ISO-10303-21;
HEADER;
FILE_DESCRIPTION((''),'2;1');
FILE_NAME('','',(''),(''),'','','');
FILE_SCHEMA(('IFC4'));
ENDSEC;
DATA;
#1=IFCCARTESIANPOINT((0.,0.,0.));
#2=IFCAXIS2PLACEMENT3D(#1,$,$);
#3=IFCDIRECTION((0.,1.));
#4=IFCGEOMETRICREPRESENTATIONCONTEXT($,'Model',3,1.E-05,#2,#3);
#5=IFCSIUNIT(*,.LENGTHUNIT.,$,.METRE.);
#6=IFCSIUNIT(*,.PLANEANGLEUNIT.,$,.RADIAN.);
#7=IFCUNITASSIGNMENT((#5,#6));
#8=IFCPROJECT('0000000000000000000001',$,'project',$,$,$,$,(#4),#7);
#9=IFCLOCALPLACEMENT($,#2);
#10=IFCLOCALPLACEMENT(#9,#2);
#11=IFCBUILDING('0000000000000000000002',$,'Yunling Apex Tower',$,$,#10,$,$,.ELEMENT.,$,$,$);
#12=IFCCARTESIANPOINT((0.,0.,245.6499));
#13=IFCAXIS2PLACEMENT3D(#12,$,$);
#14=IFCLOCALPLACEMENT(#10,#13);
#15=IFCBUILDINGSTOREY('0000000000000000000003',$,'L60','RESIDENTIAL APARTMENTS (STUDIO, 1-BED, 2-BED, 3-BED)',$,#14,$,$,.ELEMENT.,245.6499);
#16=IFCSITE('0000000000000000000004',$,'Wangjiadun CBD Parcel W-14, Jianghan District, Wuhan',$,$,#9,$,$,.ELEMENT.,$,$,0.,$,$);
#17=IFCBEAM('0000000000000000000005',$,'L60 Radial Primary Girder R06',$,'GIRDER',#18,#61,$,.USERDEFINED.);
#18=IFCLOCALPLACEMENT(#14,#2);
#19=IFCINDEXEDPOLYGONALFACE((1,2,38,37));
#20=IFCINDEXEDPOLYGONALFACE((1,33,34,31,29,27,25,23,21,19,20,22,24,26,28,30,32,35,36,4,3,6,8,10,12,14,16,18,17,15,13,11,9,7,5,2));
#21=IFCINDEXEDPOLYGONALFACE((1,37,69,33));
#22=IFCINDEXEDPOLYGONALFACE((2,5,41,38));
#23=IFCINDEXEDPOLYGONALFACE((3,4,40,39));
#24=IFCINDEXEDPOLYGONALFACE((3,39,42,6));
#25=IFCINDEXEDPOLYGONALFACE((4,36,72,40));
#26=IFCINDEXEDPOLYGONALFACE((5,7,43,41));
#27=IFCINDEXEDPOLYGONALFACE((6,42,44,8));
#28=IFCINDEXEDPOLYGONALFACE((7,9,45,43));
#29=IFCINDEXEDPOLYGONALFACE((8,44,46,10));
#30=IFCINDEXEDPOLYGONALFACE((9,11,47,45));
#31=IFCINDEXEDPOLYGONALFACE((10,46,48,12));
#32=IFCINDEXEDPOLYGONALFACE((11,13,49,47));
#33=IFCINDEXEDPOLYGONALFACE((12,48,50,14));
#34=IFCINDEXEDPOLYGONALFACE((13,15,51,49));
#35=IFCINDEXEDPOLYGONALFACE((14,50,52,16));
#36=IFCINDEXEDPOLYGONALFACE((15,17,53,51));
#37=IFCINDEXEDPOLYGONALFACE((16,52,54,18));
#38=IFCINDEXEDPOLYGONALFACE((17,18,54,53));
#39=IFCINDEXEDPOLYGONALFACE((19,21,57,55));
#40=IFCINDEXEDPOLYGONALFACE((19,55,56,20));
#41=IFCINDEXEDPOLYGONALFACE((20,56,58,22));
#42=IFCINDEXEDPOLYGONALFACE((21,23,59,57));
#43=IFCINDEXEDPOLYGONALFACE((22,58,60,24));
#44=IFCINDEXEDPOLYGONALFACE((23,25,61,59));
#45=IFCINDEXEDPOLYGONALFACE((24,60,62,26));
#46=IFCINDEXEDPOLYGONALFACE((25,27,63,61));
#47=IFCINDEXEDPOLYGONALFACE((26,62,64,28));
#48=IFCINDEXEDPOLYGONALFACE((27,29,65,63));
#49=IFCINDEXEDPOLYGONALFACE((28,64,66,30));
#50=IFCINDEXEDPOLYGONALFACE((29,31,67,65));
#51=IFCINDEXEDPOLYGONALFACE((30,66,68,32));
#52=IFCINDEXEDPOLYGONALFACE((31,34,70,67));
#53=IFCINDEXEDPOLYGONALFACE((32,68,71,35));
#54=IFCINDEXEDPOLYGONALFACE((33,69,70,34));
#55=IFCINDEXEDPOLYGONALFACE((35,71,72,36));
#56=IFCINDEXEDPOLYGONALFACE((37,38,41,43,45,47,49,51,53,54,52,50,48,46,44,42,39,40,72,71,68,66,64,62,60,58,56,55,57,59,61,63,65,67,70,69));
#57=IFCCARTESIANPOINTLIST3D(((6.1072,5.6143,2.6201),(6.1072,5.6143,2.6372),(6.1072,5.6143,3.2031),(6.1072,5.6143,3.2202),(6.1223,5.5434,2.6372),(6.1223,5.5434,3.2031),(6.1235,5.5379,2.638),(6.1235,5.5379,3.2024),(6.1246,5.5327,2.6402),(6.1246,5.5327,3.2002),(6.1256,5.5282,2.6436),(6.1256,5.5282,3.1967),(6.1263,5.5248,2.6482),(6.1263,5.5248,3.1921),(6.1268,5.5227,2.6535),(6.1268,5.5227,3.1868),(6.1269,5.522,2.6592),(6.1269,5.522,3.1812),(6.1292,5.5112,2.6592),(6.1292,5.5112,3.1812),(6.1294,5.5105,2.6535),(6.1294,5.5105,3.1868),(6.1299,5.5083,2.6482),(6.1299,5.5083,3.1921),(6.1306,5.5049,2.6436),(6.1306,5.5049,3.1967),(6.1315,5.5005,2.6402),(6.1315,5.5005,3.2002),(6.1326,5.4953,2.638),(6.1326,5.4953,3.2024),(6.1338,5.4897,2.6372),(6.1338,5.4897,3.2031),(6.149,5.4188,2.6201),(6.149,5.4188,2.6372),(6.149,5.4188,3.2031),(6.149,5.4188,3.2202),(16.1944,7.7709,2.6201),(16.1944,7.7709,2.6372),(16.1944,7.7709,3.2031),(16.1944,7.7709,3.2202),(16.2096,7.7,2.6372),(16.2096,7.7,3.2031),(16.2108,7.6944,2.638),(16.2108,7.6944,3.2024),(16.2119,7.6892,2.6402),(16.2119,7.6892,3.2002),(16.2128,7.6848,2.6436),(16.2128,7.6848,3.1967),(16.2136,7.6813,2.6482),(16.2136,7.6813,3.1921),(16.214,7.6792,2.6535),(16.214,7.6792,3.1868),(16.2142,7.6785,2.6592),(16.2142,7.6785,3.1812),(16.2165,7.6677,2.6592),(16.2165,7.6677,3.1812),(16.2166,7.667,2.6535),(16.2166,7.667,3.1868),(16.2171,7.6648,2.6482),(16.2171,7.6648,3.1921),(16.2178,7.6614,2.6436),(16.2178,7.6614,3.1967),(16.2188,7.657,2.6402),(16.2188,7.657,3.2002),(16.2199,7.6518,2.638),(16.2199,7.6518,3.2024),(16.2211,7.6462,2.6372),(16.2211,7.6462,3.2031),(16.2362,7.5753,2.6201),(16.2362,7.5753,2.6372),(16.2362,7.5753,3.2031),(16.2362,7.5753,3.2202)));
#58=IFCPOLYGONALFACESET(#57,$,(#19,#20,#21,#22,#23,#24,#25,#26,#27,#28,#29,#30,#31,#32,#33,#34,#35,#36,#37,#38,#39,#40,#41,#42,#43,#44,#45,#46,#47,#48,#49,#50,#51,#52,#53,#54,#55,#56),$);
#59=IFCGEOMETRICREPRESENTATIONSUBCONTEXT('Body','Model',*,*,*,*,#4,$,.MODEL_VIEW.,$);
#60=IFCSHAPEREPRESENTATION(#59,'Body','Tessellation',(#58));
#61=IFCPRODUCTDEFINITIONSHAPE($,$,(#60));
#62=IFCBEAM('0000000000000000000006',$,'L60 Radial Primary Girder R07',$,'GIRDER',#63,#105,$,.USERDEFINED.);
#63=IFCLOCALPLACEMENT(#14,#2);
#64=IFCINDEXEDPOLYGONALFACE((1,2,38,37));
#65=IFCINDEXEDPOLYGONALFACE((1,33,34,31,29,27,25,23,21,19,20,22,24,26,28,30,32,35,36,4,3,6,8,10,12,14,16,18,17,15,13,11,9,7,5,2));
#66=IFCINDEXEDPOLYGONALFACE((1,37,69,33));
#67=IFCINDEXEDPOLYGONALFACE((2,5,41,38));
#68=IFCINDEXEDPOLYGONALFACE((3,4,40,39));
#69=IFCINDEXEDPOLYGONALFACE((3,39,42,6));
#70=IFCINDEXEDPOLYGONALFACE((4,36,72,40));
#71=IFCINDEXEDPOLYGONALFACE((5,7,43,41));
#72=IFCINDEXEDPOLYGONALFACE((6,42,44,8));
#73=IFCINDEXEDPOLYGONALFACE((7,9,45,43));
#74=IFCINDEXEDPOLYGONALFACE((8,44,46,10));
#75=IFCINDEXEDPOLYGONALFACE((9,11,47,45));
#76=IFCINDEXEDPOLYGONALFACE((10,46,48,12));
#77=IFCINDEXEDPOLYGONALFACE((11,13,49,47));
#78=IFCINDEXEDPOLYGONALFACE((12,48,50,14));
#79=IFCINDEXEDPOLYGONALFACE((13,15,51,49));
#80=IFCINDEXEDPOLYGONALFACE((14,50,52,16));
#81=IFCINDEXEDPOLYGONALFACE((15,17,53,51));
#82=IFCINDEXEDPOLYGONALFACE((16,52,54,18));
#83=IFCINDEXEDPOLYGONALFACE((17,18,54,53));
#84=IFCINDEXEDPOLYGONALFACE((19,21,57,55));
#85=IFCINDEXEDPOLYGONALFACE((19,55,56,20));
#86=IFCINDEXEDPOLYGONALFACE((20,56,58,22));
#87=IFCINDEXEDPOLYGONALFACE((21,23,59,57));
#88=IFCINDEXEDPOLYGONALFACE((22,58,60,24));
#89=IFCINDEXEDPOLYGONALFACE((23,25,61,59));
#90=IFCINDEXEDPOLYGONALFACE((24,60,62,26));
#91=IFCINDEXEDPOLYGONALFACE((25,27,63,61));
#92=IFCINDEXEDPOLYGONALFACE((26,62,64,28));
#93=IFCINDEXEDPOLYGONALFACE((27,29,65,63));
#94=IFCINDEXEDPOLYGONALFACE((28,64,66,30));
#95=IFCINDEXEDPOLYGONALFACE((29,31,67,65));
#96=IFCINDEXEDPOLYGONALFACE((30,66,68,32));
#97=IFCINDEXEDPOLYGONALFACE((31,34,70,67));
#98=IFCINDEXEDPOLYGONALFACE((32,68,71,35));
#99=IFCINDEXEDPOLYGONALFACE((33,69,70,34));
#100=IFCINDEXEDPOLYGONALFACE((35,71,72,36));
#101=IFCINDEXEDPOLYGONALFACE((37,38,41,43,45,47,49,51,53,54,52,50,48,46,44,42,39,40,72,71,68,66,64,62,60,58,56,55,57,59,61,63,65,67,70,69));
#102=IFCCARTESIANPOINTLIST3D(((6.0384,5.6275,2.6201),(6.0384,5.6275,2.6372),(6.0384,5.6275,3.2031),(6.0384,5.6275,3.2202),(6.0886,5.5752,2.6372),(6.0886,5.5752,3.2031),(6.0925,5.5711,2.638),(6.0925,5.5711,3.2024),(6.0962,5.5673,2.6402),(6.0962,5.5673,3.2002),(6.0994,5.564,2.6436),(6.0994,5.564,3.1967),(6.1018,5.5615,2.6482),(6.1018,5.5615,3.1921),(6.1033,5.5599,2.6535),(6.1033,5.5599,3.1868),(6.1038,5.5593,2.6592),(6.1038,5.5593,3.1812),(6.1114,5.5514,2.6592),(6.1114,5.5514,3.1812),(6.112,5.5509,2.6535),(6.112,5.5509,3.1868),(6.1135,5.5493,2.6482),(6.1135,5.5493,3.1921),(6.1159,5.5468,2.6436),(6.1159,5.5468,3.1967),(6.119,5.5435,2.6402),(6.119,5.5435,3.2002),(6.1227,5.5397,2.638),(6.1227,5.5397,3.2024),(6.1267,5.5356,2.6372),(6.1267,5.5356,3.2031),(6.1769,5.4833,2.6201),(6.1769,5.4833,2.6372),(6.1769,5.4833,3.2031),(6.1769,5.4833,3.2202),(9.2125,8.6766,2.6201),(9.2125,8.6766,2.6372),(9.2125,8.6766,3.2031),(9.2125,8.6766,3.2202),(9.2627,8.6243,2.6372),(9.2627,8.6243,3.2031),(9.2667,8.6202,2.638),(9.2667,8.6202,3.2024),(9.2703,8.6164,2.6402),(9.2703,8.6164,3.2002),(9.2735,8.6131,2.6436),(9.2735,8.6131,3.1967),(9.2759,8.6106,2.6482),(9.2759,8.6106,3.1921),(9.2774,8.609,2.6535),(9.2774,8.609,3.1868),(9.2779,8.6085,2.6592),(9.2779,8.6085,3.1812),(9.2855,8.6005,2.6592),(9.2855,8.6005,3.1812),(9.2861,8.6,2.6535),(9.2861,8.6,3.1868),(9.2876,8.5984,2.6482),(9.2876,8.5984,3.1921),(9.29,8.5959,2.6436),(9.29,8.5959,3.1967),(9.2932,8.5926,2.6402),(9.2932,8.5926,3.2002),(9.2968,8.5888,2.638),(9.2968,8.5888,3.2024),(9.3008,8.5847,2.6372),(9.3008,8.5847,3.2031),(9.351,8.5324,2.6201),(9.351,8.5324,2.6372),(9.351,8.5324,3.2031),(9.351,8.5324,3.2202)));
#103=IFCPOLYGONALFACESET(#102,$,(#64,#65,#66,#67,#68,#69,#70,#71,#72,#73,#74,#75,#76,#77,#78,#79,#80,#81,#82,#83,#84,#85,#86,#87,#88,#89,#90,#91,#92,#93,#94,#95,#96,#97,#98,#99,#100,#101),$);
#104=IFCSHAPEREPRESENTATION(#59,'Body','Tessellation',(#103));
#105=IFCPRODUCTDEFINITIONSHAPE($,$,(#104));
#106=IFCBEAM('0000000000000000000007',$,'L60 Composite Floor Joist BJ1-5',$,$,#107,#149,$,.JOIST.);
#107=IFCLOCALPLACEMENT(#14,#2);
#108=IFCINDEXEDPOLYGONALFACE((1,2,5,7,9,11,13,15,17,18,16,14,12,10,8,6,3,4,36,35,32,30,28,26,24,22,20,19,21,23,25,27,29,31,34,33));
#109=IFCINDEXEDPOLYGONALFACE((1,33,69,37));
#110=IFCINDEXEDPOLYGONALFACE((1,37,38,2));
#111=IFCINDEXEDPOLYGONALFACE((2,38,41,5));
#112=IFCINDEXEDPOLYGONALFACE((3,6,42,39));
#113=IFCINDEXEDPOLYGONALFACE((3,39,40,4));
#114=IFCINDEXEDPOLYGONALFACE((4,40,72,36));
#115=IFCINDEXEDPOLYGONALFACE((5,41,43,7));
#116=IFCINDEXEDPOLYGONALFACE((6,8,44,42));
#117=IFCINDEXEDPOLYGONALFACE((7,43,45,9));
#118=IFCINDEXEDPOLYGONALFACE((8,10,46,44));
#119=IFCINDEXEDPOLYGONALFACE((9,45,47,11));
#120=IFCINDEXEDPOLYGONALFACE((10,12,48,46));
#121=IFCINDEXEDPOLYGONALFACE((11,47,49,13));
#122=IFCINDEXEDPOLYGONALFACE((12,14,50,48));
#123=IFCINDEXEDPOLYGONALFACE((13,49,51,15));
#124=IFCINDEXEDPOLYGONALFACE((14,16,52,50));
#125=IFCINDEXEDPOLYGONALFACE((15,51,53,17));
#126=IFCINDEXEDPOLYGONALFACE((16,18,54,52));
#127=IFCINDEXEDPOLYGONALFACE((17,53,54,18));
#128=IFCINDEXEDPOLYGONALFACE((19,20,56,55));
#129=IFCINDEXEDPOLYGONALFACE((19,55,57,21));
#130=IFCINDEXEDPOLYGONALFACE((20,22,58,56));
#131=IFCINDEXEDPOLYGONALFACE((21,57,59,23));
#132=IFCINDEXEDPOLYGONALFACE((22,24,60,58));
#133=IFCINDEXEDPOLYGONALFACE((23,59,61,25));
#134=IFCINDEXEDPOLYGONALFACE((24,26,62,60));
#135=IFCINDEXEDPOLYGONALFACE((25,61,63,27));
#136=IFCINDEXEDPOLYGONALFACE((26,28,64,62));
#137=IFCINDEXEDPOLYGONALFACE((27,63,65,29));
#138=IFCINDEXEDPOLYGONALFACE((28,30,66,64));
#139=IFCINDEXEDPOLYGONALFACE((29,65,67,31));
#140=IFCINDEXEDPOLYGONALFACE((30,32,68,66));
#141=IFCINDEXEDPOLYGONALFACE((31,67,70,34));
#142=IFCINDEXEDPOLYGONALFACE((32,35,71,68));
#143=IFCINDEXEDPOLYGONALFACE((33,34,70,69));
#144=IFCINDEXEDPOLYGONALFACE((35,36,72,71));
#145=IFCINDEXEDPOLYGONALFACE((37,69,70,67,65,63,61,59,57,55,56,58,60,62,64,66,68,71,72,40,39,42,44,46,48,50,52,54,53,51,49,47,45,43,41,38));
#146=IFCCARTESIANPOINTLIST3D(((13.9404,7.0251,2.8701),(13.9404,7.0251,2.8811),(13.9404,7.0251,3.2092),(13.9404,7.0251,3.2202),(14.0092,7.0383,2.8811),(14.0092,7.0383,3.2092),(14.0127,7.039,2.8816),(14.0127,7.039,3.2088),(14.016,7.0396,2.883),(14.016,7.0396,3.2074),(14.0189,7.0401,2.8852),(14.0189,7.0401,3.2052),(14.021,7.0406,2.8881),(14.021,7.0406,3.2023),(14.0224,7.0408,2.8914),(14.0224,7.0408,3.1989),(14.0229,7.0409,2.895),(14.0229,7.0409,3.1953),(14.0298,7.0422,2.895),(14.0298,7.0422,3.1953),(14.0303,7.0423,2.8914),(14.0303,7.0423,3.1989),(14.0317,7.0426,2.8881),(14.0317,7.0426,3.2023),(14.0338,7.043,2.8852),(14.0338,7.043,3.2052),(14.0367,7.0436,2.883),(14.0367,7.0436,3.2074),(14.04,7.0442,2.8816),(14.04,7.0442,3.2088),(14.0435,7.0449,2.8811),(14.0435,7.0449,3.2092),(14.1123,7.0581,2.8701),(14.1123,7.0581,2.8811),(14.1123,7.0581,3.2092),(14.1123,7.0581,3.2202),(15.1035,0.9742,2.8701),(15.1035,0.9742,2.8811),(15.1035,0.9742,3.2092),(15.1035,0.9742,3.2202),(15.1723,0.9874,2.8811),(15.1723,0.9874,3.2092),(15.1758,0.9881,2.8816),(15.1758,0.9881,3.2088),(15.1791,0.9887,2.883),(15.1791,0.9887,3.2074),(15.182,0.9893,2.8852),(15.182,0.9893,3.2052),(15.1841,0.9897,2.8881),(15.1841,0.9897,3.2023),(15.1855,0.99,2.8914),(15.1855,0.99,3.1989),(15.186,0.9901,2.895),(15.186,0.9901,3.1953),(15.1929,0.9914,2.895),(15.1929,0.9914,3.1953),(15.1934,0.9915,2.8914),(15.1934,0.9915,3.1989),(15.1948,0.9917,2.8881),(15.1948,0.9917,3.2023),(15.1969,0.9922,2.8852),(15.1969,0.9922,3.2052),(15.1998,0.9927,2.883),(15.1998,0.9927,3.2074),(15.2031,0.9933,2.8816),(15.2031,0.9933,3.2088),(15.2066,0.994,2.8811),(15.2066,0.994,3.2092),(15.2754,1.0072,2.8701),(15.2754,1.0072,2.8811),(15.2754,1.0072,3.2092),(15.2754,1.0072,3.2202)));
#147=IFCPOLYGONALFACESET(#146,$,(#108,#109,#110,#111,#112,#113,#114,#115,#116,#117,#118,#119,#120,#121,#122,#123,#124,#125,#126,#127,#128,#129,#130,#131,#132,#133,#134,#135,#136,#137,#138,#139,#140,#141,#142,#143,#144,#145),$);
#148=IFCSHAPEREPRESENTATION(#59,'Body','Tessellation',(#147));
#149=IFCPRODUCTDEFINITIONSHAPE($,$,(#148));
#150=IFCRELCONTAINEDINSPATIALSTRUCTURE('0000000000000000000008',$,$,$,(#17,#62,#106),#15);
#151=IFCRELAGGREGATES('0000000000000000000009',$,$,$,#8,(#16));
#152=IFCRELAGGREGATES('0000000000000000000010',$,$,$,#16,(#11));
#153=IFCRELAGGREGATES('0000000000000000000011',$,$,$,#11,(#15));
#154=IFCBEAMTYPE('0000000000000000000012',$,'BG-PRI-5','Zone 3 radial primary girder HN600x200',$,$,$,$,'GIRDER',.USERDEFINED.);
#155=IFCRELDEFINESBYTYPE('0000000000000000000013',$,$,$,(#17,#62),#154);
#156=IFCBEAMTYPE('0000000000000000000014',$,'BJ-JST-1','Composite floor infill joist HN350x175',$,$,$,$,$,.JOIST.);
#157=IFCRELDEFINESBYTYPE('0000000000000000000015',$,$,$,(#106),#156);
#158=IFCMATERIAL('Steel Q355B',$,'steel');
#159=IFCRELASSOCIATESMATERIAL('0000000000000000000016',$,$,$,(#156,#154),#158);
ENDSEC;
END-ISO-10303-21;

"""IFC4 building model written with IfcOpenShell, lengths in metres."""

from ifc_helpers import new_model, si_unit, direction, frame, origin, origin_2d, place, context, subcontext, project, spatial, i_section, extrude, source, transform, mapped, material, material_profile, profile_set, type_object, element, save


model = new_model("IFC4")

# Units and contexts
model_context = context("Model", 3, precision=1e-05, world=origin(), true_north=direction((0.0, 1.0)))
body_context = subcontext(model_context, "Body", "Model", "MODEL_VIEW")
ifc_project = project(units=[si_unit("LENGTHUNIT", "METRE"), si_unit("PLANEANGLEUNIT", "RADIAN")], contexts=[model_context])

# Site, building, storey
site_placement = place(None, origin())
site = spatial("IfcSite", under=ifc_project, at=site_placement, Name="Wangjiadun CBD Parcel W-14, Jianghan District, Wuhan", CompositionType="ELEMENT", RefElevation=0.0)
building_placement = place(site_placement, origin())
building = spatial("IfcBuilding", under=site, at=building_placement, Name="Yunling Apex Tower", CompositionType="ELEMENT")
storey_placement = place(building_placement, frame((0.0, 0.0, 245.6499)))
storey = spatial("IfcBuildingStorey", under=building, at=storey_placement, Name="L60", Description="RESIDENTIAL APARTMENTS (STUDIO, 1-BED, 2-BED, 3-BED)", CompositionType="ELEMENT", Elevation=245.6499)

# Beams
ifc_material_1 = material(Name="Steel Q355B", Category="steel")
ifc_material_profile_1 = material_profile(ifc_material_1, i_section(OverallWidth=0.175, OverallDepth=0.3501, WebThickness=0.0071, FlangeThickness=0.011, FilletRadius=0.0139, at=origin_2d()))
ifc_profile_set_1 = profile_set([ifc_material_profile_1], Name="Steel Q355B")
beam_type_1 = type_object("IfcBeamType", Name="BJ-JST-1", Description="Composite floor infill joist HN350x175", PredefinedType="JOIST", material=ifc_profile_set_1)
ifc_material_profile_2 = material_profile(ifc_material_1, i_section(OverallWidth=0.2, OverallDepth=0.6001, WebThickness=0.011, FlangeThickness=0.0171, FilletRadius=0.022, at=origin_2d()))
ifc_profile_set_2 = profile_set([ifc_material_profile_2], Name="Steel Q355B")
beam_type_2 = type_object("IfcBeamType", Name="BG-PRI-5", Description="Zone 3 radial primary girder HN600x200", ElementType="GIRDER", PredefinedType="USERDEFINED", material=ifc_profile_set_2)
shared_shape_1 = source(origin(), body_context, "Body", "SweptSolid", [
    extrude(i_section(OverallWidth=0.2, OverallDepth=0.6001, WebThickness=0.011, FlangeThickness=0.0171, FilletRadius=0.022, at=origin_2d()), origin(), (0.0, 0.0, 1.0), 10.3152),
])
beam_1_placement = place(storey_placement, frame((16.2153, 7.6731, 2.9202), z_axis=(-0.977902, -0.209062, 0.0), x_axis=(0.209062, -0.977902, 0.0)))
element("IfcBeam", 1, at=beam_1_placement, inside=storey, type_object=beam_type_2, Name="L60 Radial Primary Girder R06", ObjectType="GIRDER", PredefinedType="USERDEFINED", context=body_context, shape_type="MappedRepresentation", body=[
    mapped(shared_shape_1, transform((0.0, 0.0, 0.0), scale=1.0)),
])
shared_shape_2 = source(origin(), body_context, "Body", "SweptSolid", [
    extrude(i_section(OverallWidth=0.2, OverallDepth=0.6001, WebThickness=0.011, FlangeThickness=0.0171, FilletRadius=0.022, at=origin_2d()), origin(), (0.0, 0.0, 1.0), 4.4014),
])
beam_2_placement = place(storey_placement, frame((9.2817, 8.6045, 2.9202), z_axis=(-0.721164, -0.692764, 0.0), x_axis=(0.692764, -0.721164, 0.0)))
element("IfcBeam", 2, at=beam_2_placement, inside=storey, type_object=beam_type_2, Name="L60 Radial Primary Girder R07", ObjectType="GIRDER", PredefinedType="USERDEFINED", context=body_context, shape_type="MappedRepresentation", body=[
    mapped(shared_shape_2, transform((0.0, 0.0, 0.0), scale=1.0)),
])
shared_shape_3 = source(origin(), body_context, "Body", "SweptSolid", [
    extrude(i_section(OverallWidth=0.175, OverallDepth=0.3501, WebThickness=0.0071, FlangeThickness=0.011, FilletRadius=0.0139, at=origin_2d()), origin(), (0.0, 0.0, 1.0), 6.1616),
])
beam_3_placement = place(storey_placement, frame((15.1895, 0.9907, 3.0452), z_axis=(-0.188765, 0.982022, 0.0), x_axis=(-0.982022, -0.188765, 0.0)))
element("IfcBeam", 3, at=beam_3_placement, inside=storey, type_object=beam_type_1, Name="L60 Composite Floor Joist BJ1-5", PredefinedType="JOIST", context=body_context, shape_type="MappedRepresentation", body=[
    mapped(shared_shape_3, transform((0.0, 0.0, 0.0), scale=1.0)),
])

save(model, "model.ifc")
